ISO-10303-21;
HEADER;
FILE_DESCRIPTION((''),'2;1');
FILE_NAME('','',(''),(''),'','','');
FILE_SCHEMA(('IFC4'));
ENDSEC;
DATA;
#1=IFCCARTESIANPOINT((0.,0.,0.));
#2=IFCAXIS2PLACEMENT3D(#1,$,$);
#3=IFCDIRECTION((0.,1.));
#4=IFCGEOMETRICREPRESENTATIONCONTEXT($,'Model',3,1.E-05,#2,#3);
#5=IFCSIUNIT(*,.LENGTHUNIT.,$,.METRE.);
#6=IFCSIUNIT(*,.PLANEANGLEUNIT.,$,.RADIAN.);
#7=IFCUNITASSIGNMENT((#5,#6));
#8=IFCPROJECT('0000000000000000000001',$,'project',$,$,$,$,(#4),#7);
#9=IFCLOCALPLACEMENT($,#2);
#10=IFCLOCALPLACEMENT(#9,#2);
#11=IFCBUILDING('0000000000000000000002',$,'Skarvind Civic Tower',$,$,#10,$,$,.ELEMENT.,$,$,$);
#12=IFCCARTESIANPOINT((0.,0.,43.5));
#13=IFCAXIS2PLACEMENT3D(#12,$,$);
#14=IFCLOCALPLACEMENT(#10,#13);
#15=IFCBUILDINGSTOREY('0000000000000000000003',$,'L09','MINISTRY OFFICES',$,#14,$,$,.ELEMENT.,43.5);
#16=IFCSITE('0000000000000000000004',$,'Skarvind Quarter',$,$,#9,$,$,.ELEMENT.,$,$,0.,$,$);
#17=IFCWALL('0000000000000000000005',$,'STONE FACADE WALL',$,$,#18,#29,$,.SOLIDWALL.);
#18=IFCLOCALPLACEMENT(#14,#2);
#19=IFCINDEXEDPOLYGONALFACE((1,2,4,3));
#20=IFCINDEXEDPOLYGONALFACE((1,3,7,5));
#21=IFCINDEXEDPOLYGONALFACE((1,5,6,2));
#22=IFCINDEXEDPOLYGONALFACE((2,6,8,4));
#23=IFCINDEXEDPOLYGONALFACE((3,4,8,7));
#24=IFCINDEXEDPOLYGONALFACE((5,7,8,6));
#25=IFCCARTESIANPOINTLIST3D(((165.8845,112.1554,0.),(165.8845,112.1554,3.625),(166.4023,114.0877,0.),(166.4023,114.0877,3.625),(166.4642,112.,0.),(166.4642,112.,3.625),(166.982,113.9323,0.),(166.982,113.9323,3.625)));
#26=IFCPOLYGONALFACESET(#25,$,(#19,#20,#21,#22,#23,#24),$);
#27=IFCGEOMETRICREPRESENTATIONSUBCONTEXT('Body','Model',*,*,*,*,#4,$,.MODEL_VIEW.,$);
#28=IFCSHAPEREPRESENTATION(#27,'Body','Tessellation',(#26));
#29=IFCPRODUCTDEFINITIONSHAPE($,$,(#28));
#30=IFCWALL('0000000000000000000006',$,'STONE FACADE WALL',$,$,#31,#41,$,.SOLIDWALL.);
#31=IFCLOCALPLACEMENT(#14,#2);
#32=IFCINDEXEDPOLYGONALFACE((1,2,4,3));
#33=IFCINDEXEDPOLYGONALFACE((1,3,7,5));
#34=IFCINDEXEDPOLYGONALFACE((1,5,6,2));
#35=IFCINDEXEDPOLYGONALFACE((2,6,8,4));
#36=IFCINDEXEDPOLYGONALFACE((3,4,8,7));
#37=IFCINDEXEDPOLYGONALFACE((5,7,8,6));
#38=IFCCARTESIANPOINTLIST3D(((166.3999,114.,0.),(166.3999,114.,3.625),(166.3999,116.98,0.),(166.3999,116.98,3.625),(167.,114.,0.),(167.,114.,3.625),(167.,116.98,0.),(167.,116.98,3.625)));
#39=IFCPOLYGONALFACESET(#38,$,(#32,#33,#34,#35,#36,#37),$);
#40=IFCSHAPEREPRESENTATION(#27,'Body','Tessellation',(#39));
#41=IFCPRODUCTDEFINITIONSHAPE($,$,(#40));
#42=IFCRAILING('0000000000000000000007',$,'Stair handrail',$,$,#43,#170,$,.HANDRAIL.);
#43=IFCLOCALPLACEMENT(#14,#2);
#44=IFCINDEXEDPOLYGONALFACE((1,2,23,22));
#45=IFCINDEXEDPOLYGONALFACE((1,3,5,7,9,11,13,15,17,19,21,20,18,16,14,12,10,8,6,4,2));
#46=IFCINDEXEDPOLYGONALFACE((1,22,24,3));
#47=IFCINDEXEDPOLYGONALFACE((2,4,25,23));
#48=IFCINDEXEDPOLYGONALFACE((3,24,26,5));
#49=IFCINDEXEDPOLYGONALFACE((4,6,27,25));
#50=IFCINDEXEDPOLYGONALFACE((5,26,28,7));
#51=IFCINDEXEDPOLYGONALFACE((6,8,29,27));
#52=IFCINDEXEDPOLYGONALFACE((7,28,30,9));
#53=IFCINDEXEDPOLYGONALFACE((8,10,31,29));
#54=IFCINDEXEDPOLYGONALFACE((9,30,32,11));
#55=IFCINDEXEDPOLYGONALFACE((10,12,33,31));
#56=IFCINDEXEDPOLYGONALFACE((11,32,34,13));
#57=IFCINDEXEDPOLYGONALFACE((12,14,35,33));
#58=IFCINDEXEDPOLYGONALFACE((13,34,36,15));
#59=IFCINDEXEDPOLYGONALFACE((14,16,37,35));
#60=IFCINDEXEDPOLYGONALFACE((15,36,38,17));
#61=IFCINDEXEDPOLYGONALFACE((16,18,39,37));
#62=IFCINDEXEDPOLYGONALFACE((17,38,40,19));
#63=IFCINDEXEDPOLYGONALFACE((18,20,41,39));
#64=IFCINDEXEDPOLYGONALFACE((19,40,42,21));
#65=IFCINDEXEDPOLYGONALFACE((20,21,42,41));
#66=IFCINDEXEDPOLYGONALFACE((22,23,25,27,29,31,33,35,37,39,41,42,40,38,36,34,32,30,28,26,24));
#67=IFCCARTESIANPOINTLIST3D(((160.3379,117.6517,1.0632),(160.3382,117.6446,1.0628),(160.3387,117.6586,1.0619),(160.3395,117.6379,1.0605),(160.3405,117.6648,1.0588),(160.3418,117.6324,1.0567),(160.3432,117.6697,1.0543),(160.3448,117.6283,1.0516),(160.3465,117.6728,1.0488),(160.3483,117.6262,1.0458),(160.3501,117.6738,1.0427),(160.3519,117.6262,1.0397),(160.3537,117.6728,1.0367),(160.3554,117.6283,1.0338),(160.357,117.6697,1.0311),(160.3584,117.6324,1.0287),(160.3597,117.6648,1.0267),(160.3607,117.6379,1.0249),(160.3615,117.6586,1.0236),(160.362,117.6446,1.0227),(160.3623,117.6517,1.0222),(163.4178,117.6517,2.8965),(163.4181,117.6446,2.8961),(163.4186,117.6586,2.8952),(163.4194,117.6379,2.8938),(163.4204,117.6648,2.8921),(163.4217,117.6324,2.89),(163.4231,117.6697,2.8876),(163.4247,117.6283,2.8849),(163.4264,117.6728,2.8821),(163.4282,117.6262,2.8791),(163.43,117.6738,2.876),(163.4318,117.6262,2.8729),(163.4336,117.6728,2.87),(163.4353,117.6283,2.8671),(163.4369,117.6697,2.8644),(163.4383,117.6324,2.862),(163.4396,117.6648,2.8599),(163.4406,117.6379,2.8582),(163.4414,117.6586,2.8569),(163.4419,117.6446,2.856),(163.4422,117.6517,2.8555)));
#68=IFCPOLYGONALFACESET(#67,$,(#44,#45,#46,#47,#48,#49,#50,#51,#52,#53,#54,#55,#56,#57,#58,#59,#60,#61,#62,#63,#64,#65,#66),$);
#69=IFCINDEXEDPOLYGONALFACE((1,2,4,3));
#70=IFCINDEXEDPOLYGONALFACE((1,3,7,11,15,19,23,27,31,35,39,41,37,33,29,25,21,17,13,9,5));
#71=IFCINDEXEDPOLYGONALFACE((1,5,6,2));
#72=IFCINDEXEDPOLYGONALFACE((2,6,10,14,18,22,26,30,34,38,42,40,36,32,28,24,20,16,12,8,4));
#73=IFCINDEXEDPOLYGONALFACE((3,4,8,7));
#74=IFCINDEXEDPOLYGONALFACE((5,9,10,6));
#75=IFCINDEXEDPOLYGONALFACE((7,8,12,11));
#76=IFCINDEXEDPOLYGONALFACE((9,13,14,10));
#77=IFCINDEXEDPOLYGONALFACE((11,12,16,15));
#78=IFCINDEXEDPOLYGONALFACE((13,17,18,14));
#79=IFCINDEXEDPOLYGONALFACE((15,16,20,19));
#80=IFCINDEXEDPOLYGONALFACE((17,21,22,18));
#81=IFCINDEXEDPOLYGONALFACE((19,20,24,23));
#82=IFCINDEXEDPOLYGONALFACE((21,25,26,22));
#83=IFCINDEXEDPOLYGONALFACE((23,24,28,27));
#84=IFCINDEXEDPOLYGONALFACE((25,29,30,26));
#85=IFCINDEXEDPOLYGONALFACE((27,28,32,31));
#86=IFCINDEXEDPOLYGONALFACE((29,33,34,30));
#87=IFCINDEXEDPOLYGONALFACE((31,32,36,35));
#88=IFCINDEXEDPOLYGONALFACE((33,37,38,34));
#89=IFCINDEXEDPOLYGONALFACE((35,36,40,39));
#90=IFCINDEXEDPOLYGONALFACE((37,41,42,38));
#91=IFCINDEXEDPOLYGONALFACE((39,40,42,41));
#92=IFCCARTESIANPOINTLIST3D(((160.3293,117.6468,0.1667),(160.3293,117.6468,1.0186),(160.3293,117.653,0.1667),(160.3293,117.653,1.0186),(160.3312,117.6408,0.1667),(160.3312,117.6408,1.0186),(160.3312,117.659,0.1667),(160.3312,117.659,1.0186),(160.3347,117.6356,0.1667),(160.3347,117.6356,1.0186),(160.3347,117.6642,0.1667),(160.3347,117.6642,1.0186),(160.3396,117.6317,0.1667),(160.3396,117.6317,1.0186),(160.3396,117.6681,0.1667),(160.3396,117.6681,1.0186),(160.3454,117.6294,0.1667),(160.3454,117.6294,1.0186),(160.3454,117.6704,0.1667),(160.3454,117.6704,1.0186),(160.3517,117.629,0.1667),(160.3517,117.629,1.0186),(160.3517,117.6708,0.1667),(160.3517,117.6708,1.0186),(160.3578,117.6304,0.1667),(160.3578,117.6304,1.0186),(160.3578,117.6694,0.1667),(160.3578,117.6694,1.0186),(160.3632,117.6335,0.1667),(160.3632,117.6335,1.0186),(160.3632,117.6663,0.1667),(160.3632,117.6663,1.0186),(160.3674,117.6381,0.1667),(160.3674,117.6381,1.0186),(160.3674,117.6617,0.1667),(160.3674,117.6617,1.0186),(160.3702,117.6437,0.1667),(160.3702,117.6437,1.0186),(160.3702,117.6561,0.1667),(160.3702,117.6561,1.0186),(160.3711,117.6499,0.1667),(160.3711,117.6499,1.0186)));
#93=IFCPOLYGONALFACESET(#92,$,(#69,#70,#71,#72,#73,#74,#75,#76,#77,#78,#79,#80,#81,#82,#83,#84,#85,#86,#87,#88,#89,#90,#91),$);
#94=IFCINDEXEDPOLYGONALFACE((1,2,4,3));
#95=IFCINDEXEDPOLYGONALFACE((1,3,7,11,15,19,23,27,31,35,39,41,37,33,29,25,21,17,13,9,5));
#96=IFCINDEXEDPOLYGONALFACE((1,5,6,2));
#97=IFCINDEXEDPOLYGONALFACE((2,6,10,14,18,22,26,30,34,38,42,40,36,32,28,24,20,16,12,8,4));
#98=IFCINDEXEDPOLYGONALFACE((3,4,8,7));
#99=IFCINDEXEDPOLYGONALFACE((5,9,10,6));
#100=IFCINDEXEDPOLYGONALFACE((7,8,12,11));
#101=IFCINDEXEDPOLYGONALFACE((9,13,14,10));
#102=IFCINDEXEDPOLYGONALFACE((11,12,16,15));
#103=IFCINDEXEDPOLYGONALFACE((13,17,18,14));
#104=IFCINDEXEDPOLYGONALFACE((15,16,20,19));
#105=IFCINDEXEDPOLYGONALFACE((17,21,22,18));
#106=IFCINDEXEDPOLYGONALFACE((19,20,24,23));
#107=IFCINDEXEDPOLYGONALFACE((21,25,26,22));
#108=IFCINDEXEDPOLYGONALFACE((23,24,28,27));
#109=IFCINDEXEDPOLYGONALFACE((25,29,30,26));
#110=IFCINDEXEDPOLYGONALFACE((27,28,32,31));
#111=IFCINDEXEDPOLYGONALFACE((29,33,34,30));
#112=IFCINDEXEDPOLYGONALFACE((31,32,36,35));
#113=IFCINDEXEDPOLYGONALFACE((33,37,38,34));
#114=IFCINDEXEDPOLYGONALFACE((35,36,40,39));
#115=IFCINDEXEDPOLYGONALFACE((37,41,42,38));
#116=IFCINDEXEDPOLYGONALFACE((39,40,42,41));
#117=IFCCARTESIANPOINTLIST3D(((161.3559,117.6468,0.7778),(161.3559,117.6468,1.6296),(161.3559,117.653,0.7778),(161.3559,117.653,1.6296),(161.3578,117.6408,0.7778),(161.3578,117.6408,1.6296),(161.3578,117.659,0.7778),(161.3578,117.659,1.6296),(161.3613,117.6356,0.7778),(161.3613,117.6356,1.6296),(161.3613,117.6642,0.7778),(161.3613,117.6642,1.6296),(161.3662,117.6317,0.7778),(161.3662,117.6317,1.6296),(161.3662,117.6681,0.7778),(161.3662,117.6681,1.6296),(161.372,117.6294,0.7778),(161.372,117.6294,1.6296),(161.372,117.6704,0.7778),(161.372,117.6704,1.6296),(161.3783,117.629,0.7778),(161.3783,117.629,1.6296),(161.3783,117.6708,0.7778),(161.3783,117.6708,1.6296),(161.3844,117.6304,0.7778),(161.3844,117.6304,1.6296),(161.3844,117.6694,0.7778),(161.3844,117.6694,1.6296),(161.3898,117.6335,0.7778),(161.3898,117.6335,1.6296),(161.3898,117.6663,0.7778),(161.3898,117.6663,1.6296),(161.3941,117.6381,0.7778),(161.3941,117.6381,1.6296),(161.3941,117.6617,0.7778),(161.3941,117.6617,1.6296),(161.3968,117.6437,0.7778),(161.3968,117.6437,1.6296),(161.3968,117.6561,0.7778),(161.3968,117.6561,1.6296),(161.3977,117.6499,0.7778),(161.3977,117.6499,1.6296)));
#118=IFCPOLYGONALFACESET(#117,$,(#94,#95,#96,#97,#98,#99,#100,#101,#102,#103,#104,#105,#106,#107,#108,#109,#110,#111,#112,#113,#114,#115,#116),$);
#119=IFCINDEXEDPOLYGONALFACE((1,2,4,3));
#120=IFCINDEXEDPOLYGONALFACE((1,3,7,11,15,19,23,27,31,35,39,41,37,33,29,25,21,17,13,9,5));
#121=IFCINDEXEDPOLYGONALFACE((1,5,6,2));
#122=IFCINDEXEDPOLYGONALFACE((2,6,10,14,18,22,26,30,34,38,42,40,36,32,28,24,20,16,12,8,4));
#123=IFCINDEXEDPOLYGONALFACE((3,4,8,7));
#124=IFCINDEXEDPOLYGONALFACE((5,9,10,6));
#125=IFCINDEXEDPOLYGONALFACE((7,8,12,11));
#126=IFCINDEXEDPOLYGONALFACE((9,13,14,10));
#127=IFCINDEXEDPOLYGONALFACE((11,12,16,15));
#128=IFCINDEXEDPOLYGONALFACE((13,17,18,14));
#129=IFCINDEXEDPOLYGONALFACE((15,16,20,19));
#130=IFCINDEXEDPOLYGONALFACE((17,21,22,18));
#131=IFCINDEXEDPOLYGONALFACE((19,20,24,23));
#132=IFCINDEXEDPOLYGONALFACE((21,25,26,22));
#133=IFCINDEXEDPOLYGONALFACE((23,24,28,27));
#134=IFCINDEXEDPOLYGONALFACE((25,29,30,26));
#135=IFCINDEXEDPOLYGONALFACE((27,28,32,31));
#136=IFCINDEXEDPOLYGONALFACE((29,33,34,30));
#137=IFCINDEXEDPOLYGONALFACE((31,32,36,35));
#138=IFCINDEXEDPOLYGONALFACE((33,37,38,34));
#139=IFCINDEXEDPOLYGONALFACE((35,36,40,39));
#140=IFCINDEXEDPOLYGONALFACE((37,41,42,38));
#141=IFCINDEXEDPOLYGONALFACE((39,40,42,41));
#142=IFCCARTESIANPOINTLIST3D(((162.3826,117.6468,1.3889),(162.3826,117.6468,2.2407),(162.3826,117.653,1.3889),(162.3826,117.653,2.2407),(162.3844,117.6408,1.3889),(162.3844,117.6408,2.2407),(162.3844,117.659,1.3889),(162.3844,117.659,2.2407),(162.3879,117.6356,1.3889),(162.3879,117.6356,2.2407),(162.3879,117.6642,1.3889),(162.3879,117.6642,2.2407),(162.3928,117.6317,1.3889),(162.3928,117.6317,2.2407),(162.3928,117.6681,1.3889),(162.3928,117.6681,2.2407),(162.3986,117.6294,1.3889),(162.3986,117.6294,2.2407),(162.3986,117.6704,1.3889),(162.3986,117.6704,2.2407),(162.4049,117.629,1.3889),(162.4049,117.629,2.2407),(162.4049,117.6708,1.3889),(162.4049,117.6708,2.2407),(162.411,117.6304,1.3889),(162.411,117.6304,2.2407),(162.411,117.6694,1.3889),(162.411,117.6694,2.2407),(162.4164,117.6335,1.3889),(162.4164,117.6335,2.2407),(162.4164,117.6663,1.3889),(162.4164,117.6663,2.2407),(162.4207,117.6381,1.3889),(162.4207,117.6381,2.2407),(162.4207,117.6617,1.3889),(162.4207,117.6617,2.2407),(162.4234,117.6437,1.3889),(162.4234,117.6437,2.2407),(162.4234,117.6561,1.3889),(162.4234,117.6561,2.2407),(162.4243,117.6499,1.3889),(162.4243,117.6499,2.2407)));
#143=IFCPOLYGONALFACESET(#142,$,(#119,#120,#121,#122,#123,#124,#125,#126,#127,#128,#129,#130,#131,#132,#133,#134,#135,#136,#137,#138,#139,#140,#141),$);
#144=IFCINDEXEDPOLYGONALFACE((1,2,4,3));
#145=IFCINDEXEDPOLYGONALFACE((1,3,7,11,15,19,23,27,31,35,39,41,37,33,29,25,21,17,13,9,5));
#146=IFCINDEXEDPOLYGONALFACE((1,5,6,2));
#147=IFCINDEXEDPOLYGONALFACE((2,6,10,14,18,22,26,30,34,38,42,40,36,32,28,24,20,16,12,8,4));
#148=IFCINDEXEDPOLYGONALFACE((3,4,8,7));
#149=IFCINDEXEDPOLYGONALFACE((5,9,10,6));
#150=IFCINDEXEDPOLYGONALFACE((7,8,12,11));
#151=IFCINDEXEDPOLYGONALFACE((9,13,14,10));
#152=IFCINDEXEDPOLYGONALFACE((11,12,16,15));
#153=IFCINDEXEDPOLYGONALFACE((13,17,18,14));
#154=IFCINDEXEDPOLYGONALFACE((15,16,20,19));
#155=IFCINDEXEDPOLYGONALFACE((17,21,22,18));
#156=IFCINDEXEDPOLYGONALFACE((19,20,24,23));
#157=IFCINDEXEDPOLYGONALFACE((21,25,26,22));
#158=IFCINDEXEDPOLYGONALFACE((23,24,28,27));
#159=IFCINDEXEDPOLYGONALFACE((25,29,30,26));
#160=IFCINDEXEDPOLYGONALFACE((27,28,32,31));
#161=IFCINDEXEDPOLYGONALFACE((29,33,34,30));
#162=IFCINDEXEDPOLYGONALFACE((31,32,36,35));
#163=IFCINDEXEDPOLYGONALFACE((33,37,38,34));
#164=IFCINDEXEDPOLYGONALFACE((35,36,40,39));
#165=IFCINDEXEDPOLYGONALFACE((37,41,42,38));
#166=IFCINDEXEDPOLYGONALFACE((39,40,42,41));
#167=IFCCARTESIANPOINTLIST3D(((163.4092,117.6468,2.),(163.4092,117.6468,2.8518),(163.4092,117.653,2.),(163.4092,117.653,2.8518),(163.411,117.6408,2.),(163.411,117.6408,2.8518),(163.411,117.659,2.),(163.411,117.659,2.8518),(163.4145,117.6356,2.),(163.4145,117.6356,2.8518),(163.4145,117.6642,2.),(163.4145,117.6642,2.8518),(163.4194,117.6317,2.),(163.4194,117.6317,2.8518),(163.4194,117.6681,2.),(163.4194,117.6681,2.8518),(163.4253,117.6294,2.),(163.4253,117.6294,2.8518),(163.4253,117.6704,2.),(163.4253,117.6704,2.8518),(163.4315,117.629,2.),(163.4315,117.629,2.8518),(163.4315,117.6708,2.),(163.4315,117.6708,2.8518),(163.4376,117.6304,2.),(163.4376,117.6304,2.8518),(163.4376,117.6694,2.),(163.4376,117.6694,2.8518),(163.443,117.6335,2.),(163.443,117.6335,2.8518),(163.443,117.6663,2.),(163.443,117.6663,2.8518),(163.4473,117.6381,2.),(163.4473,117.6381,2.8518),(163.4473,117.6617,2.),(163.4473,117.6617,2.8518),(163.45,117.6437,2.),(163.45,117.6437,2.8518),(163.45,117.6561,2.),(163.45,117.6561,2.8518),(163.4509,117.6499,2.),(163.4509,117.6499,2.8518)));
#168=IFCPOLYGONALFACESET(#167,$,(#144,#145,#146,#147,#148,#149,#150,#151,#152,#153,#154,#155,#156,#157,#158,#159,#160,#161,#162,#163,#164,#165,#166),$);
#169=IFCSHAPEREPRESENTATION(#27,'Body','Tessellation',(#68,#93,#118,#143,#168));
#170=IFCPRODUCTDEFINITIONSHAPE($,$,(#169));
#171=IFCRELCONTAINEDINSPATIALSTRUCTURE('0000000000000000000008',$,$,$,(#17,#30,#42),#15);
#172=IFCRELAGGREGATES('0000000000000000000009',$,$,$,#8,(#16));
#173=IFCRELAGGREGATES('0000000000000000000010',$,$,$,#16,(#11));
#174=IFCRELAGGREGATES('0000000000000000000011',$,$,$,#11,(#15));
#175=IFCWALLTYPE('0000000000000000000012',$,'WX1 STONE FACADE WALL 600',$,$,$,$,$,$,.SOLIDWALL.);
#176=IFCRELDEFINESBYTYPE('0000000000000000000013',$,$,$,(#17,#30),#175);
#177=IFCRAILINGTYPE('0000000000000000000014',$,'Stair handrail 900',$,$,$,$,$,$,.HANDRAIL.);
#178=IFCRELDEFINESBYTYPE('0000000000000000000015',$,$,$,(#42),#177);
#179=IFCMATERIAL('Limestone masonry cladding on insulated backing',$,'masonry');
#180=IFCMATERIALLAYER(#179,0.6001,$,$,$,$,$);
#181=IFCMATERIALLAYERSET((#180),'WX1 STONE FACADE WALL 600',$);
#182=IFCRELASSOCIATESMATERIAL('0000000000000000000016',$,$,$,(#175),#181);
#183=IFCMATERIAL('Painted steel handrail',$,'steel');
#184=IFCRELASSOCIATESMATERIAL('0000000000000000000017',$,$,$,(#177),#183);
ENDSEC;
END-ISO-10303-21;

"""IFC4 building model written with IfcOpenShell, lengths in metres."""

from ifc_helpers import new_model, si_unit, direction, frame, frame_2d, origin, origin_2d, place, context, subcontext, project, spatial, rectangle, circle, extrude, material, layer, layer_set, type_object, element, save


model = new_model("IFC4")

# Units and contexts
model_context = context("Model", 3, precision=1e-05, world=origin(), true_north=direction((0.0, 1.0)))
body_context = subcontext(model_context, "Body", "Model", "MODEL_VIEW")
ifc_project = project(units=[si_unit("LENGTHUNIT", "METRE"), si_unit("PLANEANGLEUNIT", "RADIAN")], contexts=[model_context])

# Site, building, storey
site_placement = place(None, origin())
site = spatial("IfcSite", under=ifc_project, at=site_placement, Name="Skarvind Quarter", CompositionType="ELEMENT", RefElevation=0.0)
building_placement = place(site_placement, origin())
building = spatial("IfcBuilding", under=site, at=building_placement, Name="Skarvind Civic Tower", CompositionType="ELEMENT")
storey_placement = place(building_placement, frame((0.0, 0.0, 43.5)))
storey = spatial("IfcBuildingStorey", under=building, at=storey_placement, Name="L09", Description="MINISTRY OFFICES", CompositionType="ELEMENT", Elevation=43.5)

# Shared definitions
ifc_material_1 = material(Name="Limestone masonry cladding on insulated backing", Category="masonry")
ifc_layer_1 = layer(ifc_material_1, 0.6001)
ifc_layer_set_1 = layer_set([ifc_layer_1], Name="WX1 STONE FACADE WALL 600")
wall_type_1 = type_object("IfcWallType", Name="WX1 STONE FACADE WALL 600", PredefinedType="SOLIDWALL", material=ifc_layer_set_1)

# Walls
wall_1_placement = place(storey_placement, frame((166.6921, 114.01, 0.0), z_axis=(0.0, 0.0, 1.0), x_axis=(-0.25884, -0.96592, 0.0)))
element("IfcWall", 1, at=wall_1_placement, inside=storey, type_object=wall_type_1, Name="STONE FACADE WALL", PredefinedType="SOLIDWALL", context=body_context, shape_type="SweptSolid", body=[
    extrude(rectangle(XDim=2.0005, YDim=0.6001, at=frame_2d((1.0002, 0.0))), origin(), (0.0, 0.0, 1.0), 3.625),
])
wall_2_placement = place(storey_placement, frame((166.7, 116.98, 0.0), z_axis=(0.0, 0.0, 1.0), x_axis=(0.0, -1.0, 0.0)))
element("IfcWall", 2, at=wall_2_placement, inside=storey, type_object=wall_type_1, Name="STONE FACADE WALL", PredefinedType="SOLIDWALL", context=body_context, shape_type="SweptSolid", body=[
    extrude(rectangle(XDim=2.98, YDim=0.6001, at=frame_2d((1.49, 0.0))), origin(), (0.0, 0.0, 1.0), 3.625),
])

# Railing
ifc_material_2 = material(Name="Painted steel handrail", Category="steel")
railing_type = type_object("IfcRailingType", Name="Stair handrail 900", PredefinedType="HANDRAIL", material=ifc_material_2)
railing_placement = place(storey_placement, frame((160.3501, 117.6499, 0.1667)))
element("IfcRailing", 3, at=railing_placement, inside=storey, type_object=railing_type, Name="Stair handrail", PredefinedType="HANDRAIL", context=body_context, shape_type="SweptSolid", body=[
    extrude(circle(Radius=0.0239, at=origin_2d()), frame((0.0, 0.0, 0.876), z_axis=(0.859291, 0.0, 0.511487), x_axis=(0.0, 1.0, 0.0)), (0.0, 0.0, 1.0), 3.5842),
    extrude(circle(Radius=0.021, at=origin_2d()), origin(), (0.0, 0.0, 1.0), 0.8518),
    extrude(circle(Radius=0.021, at=origin_2d()), frame((1.0266, 0.0, 0.6111)), (0.0, 0.0, 1.0), 0.8518),
    extrude(circle(Radius=0.021, at=origin_2d()), frame((2.0532, 0.0, 1.2222)), (0.0, 0.0, 1.0), 0.8518),
    extrude(circle(Radius=0.021, at=origin_2d()), frame((3.0798, 0.0, 1.8333)), (0.0, 0.0, 1.0), 0.8518),
])

save(model, "model.ifc")
